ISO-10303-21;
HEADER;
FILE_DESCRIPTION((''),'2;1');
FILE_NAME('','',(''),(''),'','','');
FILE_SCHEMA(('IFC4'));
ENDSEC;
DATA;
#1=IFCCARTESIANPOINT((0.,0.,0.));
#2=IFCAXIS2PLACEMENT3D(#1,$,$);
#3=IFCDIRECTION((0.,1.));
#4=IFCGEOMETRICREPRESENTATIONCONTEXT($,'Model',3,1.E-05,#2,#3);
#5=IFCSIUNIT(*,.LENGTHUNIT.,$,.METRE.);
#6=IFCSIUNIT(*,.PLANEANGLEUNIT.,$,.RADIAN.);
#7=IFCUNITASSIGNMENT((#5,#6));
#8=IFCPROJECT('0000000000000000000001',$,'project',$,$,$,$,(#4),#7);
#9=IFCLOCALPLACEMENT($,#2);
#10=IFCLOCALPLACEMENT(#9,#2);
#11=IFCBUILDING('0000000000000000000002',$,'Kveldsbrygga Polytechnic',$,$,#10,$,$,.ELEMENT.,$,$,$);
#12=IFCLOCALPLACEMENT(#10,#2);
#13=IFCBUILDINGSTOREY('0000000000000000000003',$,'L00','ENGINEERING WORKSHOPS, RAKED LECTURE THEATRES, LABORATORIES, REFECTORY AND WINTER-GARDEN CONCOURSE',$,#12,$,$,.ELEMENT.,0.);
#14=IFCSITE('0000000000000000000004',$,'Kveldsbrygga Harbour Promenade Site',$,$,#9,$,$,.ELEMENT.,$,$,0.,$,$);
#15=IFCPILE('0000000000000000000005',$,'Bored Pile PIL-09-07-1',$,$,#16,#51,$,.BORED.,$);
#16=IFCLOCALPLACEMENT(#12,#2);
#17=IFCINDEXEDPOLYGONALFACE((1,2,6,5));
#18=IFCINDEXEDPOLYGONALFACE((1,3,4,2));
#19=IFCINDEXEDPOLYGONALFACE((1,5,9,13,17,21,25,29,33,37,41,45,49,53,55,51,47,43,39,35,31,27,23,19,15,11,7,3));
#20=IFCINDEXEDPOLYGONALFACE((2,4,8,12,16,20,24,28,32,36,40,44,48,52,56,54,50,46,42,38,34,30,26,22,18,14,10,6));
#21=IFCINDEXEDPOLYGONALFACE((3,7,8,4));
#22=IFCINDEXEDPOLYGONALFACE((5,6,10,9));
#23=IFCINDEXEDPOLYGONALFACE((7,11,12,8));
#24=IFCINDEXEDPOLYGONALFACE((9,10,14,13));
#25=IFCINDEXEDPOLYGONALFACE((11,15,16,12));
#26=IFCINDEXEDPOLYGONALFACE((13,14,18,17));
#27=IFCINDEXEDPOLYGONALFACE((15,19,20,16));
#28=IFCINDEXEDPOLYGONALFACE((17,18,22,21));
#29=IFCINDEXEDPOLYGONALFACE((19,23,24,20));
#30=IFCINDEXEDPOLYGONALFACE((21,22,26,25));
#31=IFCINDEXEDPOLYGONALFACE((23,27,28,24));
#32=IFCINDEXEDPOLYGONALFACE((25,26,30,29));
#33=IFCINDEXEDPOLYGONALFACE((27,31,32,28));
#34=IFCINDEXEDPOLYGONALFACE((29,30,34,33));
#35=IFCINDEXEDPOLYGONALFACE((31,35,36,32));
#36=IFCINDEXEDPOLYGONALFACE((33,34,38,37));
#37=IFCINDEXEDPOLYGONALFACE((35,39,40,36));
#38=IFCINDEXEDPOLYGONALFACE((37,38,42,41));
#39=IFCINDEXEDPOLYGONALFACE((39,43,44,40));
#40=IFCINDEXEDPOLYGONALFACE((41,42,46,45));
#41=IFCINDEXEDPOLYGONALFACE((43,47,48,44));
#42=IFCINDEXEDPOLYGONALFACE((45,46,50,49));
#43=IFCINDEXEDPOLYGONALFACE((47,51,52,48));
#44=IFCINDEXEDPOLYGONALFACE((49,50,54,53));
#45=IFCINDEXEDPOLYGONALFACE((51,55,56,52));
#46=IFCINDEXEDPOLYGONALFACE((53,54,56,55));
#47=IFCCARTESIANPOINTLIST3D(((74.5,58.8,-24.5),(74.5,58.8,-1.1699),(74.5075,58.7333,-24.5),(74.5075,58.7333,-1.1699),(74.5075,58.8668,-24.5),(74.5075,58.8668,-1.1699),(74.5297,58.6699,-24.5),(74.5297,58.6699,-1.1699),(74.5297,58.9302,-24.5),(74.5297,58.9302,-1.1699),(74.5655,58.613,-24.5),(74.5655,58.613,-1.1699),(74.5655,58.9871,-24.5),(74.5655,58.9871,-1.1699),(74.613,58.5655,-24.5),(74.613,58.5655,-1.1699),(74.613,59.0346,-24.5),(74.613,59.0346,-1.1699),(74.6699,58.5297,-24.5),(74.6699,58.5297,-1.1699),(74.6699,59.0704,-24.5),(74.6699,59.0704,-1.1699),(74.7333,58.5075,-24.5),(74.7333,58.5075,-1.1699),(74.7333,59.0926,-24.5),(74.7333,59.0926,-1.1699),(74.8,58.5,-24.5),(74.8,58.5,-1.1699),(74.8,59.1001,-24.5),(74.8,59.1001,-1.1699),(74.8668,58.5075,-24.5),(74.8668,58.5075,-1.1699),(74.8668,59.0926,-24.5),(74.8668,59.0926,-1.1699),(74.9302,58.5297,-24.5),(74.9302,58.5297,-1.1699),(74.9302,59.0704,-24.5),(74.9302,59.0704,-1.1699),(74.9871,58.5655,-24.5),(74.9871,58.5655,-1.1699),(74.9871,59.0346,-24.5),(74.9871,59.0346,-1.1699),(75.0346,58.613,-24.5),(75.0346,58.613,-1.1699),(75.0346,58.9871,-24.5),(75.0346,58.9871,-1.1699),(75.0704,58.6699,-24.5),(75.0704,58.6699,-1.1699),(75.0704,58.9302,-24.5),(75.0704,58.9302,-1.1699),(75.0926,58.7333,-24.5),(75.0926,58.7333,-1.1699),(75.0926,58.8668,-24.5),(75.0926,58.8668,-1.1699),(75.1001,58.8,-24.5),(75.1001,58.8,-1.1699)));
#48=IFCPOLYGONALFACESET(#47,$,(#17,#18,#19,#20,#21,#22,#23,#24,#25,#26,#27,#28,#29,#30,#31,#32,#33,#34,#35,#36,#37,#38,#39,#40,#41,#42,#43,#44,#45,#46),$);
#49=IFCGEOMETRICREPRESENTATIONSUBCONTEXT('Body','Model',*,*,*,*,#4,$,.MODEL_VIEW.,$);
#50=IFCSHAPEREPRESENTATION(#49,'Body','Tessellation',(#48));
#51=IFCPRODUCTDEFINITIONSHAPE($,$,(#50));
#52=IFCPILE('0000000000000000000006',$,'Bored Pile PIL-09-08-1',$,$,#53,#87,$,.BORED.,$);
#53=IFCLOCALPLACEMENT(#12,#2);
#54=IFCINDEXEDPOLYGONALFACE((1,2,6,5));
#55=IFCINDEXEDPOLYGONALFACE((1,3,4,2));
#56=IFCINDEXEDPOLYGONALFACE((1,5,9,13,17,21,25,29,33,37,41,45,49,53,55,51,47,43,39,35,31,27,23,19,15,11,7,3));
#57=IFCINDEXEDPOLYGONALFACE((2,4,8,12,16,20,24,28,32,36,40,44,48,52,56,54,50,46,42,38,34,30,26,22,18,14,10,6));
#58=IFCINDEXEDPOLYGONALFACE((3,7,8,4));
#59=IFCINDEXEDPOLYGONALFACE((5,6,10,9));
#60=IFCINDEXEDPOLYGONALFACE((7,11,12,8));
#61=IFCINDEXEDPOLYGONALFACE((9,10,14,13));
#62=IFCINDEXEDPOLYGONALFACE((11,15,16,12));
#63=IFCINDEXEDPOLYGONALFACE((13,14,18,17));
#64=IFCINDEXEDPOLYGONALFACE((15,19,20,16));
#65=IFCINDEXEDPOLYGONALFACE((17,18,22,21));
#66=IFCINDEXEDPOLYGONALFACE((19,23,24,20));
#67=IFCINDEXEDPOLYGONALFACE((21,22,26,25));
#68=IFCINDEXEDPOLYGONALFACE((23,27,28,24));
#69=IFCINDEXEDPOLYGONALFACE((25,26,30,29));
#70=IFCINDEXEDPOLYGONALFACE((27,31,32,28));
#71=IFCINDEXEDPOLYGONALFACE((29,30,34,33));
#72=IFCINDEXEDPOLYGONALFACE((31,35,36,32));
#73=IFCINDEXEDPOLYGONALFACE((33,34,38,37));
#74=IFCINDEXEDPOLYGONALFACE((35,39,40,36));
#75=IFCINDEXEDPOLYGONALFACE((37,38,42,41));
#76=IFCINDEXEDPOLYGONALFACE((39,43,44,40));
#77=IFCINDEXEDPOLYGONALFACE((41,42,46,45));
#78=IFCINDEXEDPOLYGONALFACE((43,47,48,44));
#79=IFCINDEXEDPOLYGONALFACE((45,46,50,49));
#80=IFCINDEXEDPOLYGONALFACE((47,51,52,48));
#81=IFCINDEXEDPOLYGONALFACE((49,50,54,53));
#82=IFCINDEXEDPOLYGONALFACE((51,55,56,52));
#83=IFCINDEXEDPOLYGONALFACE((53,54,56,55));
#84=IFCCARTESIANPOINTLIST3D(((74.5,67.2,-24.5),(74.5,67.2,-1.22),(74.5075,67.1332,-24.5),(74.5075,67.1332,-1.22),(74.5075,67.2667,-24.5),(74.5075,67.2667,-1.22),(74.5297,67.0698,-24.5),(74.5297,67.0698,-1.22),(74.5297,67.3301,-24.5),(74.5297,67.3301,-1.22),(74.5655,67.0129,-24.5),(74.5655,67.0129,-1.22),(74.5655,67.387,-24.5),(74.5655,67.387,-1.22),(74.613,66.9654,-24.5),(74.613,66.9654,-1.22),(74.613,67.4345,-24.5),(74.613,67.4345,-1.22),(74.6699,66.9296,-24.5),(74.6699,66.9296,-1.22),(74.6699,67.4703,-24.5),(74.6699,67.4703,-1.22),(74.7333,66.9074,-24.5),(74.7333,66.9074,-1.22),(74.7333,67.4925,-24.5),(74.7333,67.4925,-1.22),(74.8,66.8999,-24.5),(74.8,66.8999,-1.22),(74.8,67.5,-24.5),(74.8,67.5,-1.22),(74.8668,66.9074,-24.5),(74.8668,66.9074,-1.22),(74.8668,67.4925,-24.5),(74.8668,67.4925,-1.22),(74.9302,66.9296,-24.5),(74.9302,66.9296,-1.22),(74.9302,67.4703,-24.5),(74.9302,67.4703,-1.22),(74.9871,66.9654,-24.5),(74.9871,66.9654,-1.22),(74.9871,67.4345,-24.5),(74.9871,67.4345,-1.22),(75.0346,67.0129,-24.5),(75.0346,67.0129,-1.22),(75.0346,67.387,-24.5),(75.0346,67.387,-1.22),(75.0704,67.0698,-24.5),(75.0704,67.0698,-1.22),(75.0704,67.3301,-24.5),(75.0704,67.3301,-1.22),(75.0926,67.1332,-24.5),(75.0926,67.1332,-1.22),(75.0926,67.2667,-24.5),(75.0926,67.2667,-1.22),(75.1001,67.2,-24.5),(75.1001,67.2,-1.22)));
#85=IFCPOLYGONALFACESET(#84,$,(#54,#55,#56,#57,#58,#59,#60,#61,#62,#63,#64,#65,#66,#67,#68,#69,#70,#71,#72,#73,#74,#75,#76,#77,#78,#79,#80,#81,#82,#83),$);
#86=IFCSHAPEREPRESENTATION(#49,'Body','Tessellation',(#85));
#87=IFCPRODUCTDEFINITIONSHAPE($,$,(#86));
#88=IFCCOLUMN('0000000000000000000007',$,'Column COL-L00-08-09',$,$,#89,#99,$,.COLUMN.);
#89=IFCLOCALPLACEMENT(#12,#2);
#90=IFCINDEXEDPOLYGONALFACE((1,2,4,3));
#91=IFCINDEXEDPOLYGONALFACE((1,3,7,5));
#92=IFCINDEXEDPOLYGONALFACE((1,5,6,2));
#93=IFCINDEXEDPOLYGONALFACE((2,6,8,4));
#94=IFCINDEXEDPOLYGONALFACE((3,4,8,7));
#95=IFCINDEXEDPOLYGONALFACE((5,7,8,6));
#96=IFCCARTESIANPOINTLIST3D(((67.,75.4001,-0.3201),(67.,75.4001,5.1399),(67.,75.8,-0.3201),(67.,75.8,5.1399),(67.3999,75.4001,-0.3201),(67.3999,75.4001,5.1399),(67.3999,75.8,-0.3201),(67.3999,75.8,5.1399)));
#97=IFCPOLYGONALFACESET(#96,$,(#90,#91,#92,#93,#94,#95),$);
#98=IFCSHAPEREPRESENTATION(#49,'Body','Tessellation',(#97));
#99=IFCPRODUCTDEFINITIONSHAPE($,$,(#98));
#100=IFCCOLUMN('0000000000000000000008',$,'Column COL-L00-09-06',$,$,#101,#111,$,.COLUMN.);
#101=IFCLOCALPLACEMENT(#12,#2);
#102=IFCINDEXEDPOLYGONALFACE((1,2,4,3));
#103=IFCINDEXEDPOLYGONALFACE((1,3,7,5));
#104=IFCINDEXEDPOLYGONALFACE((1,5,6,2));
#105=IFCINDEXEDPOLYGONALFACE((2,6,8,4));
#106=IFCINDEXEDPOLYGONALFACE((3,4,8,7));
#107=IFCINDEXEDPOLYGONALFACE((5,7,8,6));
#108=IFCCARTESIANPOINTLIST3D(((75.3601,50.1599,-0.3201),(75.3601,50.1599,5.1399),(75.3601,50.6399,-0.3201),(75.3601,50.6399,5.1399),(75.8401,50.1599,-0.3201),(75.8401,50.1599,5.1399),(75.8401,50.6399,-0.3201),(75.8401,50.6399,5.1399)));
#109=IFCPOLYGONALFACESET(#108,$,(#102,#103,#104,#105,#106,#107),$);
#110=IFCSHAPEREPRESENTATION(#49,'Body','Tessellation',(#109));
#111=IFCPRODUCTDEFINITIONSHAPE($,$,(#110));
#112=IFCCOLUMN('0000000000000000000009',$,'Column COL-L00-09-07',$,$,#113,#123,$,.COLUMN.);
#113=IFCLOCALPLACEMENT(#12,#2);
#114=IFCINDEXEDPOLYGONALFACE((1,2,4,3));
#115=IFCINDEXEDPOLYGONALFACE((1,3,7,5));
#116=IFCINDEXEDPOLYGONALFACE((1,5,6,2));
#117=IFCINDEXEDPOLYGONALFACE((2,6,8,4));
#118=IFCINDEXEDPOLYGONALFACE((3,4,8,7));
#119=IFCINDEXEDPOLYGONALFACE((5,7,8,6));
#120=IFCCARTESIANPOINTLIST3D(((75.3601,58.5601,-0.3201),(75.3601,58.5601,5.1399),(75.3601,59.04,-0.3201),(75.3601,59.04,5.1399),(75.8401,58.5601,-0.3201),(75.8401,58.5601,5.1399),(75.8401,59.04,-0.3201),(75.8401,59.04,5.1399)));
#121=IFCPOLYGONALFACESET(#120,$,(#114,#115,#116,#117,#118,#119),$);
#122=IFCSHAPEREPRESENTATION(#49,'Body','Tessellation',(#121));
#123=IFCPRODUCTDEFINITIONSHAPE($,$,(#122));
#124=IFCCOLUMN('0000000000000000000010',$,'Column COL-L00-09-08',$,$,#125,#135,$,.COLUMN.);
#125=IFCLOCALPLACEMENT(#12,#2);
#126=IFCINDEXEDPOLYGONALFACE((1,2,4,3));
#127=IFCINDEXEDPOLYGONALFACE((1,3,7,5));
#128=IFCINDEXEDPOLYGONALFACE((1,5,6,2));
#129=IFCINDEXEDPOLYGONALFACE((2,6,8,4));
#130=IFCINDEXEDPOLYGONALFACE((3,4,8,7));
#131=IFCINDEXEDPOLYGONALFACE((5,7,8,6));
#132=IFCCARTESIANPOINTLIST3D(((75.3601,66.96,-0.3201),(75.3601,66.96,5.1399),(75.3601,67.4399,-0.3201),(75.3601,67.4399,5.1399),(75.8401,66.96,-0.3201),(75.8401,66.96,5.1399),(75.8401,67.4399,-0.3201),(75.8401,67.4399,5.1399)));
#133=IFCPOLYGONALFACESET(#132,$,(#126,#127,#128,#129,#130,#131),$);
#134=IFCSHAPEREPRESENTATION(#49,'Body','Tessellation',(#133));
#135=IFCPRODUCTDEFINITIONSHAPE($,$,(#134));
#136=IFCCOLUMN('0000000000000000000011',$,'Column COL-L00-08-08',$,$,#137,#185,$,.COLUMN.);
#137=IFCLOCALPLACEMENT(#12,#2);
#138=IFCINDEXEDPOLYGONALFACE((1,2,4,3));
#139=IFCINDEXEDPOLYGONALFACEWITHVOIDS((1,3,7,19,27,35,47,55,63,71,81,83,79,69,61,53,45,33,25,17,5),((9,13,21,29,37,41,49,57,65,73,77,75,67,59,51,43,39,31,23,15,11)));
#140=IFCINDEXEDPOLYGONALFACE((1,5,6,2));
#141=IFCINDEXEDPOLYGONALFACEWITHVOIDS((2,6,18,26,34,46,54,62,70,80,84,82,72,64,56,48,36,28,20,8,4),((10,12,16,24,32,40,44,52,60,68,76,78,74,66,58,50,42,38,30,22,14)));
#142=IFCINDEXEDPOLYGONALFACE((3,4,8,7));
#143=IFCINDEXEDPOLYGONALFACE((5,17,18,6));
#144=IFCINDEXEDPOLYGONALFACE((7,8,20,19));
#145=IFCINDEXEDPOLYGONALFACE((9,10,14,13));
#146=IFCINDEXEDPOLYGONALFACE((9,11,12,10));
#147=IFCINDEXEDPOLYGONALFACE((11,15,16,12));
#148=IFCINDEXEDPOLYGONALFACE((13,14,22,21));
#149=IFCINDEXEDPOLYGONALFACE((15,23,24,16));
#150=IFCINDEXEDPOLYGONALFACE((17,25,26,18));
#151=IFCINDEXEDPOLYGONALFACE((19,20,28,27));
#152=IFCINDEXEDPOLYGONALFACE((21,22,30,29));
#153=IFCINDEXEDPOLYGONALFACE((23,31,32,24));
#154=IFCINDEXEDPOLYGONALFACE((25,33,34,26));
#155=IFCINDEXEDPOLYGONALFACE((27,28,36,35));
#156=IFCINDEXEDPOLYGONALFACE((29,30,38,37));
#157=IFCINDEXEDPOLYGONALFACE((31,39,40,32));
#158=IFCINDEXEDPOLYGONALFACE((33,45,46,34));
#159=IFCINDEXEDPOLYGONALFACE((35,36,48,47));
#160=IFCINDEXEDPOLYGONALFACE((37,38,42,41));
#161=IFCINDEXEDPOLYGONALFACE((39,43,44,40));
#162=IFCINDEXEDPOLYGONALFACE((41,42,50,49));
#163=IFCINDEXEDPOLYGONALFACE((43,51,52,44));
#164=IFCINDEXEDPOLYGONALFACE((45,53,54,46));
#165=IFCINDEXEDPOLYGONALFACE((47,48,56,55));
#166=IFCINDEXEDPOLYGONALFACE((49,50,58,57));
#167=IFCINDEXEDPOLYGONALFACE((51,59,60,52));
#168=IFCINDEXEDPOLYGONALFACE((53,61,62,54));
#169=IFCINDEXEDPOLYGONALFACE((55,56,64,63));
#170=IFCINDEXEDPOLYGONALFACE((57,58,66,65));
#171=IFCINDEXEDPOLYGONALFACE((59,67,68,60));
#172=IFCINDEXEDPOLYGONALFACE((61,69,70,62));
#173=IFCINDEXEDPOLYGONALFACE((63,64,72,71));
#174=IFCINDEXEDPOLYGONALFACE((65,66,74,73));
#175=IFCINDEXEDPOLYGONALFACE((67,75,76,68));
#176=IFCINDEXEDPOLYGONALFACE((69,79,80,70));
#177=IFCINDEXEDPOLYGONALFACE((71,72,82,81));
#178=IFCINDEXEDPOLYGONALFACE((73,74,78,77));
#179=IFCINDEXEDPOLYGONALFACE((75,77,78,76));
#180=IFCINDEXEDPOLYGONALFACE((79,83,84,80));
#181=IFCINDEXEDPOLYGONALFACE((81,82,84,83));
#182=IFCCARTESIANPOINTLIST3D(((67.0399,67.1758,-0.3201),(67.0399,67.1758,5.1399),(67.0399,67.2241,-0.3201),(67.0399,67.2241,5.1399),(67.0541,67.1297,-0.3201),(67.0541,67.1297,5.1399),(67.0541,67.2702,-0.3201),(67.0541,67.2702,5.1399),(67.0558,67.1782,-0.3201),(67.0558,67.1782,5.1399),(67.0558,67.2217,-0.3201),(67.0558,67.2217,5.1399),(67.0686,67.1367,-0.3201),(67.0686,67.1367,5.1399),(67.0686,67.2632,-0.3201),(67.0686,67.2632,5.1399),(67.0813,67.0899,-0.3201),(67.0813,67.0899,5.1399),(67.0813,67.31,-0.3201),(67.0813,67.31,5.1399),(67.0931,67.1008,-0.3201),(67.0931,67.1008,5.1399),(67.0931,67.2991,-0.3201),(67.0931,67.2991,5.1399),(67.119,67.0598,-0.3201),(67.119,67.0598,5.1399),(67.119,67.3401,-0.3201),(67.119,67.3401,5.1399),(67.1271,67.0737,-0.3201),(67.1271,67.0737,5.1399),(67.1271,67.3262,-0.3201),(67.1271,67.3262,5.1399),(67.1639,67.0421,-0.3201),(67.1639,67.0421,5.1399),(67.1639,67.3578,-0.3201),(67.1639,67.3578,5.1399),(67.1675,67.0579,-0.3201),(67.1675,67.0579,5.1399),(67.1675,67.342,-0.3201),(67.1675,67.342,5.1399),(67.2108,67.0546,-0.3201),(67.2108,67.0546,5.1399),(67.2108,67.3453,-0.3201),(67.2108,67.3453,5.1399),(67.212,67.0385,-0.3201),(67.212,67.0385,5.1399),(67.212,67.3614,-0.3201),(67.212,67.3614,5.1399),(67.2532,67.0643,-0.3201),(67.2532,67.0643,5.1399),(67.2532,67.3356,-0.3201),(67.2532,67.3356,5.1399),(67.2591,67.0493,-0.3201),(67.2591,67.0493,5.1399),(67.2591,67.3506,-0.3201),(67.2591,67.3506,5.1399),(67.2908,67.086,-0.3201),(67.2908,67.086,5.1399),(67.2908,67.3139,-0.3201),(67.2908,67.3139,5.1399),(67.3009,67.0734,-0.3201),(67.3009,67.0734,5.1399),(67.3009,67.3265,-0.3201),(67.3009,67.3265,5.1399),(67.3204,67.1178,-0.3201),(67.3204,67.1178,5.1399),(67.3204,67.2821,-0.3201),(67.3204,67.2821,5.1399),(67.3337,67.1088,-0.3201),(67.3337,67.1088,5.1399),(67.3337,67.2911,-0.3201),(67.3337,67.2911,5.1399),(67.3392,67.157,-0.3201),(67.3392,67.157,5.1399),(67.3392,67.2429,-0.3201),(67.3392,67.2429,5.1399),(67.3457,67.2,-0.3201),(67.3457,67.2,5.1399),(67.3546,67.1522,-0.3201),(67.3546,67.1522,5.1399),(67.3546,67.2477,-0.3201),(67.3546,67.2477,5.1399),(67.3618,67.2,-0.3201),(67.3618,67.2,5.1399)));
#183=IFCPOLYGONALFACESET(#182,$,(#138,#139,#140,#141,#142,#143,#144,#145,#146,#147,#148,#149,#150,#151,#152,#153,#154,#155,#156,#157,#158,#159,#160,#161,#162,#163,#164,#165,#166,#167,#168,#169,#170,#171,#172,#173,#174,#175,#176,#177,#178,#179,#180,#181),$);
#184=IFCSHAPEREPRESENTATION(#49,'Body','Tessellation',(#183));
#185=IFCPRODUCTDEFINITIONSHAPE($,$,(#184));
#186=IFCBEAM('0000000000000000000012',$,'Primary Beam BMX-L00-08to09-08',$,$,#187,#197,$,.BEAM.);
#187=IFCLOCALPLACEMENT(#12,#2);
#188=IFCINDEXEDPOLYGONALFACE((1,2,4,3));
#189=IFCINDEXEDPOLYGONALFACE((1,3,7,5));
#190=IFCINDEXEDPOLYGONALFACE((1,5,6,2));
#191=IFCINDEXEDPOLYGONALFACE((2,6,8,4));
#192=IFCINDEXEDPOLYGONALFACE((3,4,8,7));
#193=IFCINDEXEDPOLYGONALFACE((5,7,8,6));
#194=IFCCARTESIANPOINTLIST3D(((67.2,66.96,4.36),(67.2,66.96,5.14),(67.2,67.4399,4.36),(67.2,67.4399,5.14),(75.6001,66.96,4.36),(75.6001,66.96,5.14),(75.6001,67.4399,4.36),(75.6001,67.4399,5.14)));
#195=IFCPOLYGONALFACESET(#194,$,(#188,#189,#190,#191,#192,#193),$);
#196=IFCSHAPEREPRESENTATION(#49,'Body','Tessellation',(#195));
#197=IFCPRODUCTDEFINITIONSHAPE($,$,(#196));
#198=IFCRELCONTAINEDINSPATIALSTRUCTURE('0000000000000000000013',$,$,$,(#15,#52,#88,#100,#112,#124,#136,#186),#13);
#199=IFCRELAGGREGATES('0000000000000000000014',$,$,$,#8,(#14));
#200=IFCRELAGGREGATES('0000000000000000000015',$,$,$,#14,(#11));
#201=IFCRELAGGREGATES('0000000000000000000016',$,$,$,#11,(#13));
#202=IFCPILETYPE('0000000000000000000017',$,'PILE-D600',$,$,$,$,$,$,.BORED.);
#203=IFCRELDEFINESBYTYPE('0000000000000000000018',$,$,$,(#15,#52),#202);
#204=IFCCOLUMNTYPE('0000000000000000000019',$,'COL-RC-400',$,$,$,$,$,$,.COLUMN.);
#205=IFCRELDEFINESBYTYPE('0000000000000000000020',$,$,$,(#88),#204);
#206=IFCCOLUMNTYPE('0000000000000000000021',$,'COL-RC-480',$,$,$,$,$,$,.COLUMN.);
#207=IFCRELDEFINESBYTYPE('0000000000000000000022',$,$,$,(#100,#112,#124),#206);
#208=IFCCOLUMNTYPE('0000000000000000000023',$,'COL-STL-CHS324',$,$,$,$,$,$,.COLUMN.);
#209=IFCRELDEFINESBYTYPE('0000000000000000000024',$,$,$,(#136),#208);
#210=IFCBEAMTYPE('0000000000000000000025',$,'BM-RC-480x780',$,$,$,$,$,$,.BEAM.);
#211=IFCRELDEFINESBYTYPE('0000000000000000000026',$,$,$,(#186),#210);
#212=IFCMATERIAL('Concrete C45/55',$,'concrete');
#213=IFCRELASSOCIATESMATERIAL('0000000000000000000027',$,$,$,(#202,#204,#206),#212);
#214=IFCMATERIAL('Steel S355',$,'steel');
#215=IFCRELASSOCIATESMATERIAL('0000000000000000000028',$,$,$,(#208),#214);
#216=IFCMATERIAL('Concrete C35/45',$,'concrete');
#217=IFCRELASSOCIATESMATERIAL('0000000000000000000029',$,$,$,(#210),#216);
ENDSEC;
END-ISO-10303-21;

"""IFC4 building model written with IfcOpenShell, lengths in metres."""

from ifc_helpers import new_model, si_unit, direction, frame, origin, origin_2d, place, context, subcontext, project, spatial, rectangle, circle, hollow_circle, extrude, material, material_profile, profile_set, type_object, element, save


model = new_model("IFC4")

# Units and contexts
model_context = context("Model", 3, precision=1e-05, world=origin(), true_north=direction((0.0, 1.0)))
body_context = subcontext(model_context, "Body", "Model", "MODEL_VIEW")
ifc_project = project(units=[si_unit("LENGTHUNIT", "METRE"), si_unit("PLANEANGLEUNIT", "RADIAN")], contexts=[model_context])

# Site, building, storey
site_placement = place(None, origin())
site = spatial("IfcSite", under=ifc_project, at=site_placement, Name="Kveldsbrygga Harbour Promenade Site", CompositionType="ELEMENT", RefElevation=0.0)
building_placement = place(site_placement, origin())
building = spatial("IfcBuilding", under=site, at=building_placement, Name="Kveldsbrygga Polytechnic", CompositionType="ELEMENT")
storey_placement = place(building_placement, origin())
storey = spatial("IfcBuildingStorey", under=building, at=storey_placement, Name="L00", Description="ENGINEERING WORKSHOPS, RAKED LECTURE THEATRES, LABORATORIES, REFECTORY AND WINTER-GARDEN CONCOURSE", CompositionType="ELEMENT", Elevation=0.0)

# Shared definitions
ifc_material_1 = material(Name="Concrete C45/55", Category="concrete")

# Piles
ifc_material_profile_1 = material_profile(ifc_material_1, circle(Radius=0.3, at=origin_2d()), Name="PILE D600")
ifc_profile_set_1 = profile_set([ifc_material_profile_1], Name="Concrete C45/55")
pile_type = type_object("IfcPileType", Name="PILE-D600", PredefinedType="BORED", material=ifc_profile_set_1)
pile_1_placement = place(storey_placement, frame((74.8, 58.8, -1.1699), z_axis=(0.0, 0.0, -1.0), x_axis=(1.0, 0.0, 0.0)))
element("IfcPile", 1, at=pile_1_placement, inside=storey, type_object=pile_type, Name="Bored Pile PIL-09-07-1", PredefinedType="BORED", context=body_context, shape_type="SweptSolid", body=[
    extrude(circle(Radius=0.3, at=origin_2d()), origin(), (0.0, 0.0, 1.0), 23.3301),
])
pile_2_placement = place(storey_placement, frame((74.8, 67.2, -1.22), z_axis=(0.0, 0.0, -1.0), x_axis=(1.0, 0.0, 0.0)))
element("IfcPile", 2, at=pile_2_placement, inside=storey, type_object=pile_type, Name="Bored Pile PIL-09-08-1", PredefinedType="BORED", context=body_context, shape_type="SweptSolid", body=[
    extrude(circle(Radius=0.3, at=origin_2d()), origin(), (0.0, 0.0, 1.0), 23.28),
])

# Columns
ifc_material_profile_2 = material_profile(ifc_material_1, rectangle(XDim=0.3999, YDim=0.3999, at=origin_2d()), Name="RC 400x400")
ifc_profile_set_2 = profile_set([ifc_material_profile_2], Name="Concrete C45/55")
column_type_1 = type_object("IfcColumnType", Name="COL-RC-400", PredefinedType="COLUMN", material=ifc_profile_set_2)
column_1_placement = place(storey_placement, frame((67.2, 75.6001, -0.3201), z_axis=(0.0, 0.0, 1.0), x_axis=(1.0, 0.0, 0.0)))
element("IfcColumn", 3, at=column_1_placement, inside=storey, type_object=column_type_1, Name="Column COL-L00-08-09", PredefinedType="COLUMN", context=body_context, shape_type="SweptSolid", body=[
    extrude(rectangle(XDim=0.3999, YDim=0.3999, at=origin_2d()), origin(), (0.0, 0.0, 1.0), 5.46),
])
ifc_material_profile_3 = material_profile(ifc_material_1, rectangle(XDim=0.48, YDim=0.48, at=origin_2d()), Name="RC 480x480")
ifc_profile_set_3 = profile_set([ifc_material_profile_3], Name="Concrete C45/55")
column_type_2 = type_object("IfcColumnType", Name="COL-RC-480", PredefinedType="COLUMN", material=ifc_profile_set_3)
for number, where, z_axis, x_axis, name in (
    (4, (75.6001, 50.3999, -0.3201), (0.0, 0.0, 1.0), (1.0, 0.0, 0.0), "Column COL-L00-09-06"),
    (5, (75.6001, 58.8, -0.3201), (0.0, 0.0, 1.0), (1.0, 0.0, 0.0), "Column COL-L00-09-07"),
    (6, (75.6001, 67.2, -0.3201), (0.0, 0.0, 1.0), (1.0, 0.0, 0.0), "Column COL-L00-09-08"),
):
    element("IfcColumn", number, at=place(storey_placement, frame(where, z_axis=z_axis, x_axis=x_axis)), inside=storey, type_object=column_type_2, Name=name, PredefinedType="COLUMN", context=body_context, shape_type="SweptSolid", body=[
        extrude(rectangle(XDim=0.48, YDim=0.48, at=origin_2d()), origin(), (0.0, 0.0, 1.0), 5.46),
    ])
ifc_material_2 = material(Name="Steel S355", Category="steel")
ifc_material_profile_4 = material_profile(ifc_material_2, hollow_circle(Radius=0.1619, WallThickness=0.0161, at=origin_2d()), Name="CHS 323.9x16.0")
ifc_profile_set_4 = profile_set([ifc_material_profile_4], Name="Steel S355")
column_type_3 = type_object("IfcColumnType", Name="COL-STL-CHS324", PredefinedType="COLUMN", material=ifc_profile_set_4)
column_2_placement = place(storey_placement, frame((67.2, 67.2, -0.3201), z_axis=(0.0, 0.0, 1.0), x_axis=(1.0, 0.0, 0.0)))
element("IfcColumn", 7, at=column_2_placement, inside=storey, type_object=column_type_3, Name="Column COL-L00-08-08", PredefinedType="COLUMN", context=body_context, shape_type="SweptSolid", body=[
    extrude(hollow_circle(Radius=0.1619, WallThickness=0.0161, at=origin_2d()), origin(), (0.0, 0.0, 1.0), 5.46),
])

# Beam
ifc_material_3 = material(Name="Concrete C35/45", Category="concrete")
ifc_material_profile_5 = material_profile(ifc_material_3, rectangle(XDim=0.48, YDim=0.78, at=origin_2d()), Name="RC 480x780")
ifc_profile_set_5 = profile_set([ifc_material_profile_5], Name="Concrete C35/45")
beam_type_1 = type_object("IfcBeamType", Name="BM-RC-480x780", PredefinedType="BEAM", material=ifc_profile_set_5)
beam_1_placement = place(storey_placement, frame((67.2, 67.2, 4.75), z_axis=(1.0, 0.0, 0.0), x_axis=(0.0, 1.0, 0.0)))
element("IfcBeam", 8, at=beam_1_placement, inside=storey, type_object=beam_type_1, Name="Primary Beam BMX-L00-08to09-08", PredefinedType="BEAM", context=body_context, shape_type="SweptSolid", body=[
    extrude(rectangle(XDim=0.48, YDim=0.78, at=origin_2d()), origin(), (0.0, 0.0, 1.0), 8.4001),
])

save(model, "model.ifc")
